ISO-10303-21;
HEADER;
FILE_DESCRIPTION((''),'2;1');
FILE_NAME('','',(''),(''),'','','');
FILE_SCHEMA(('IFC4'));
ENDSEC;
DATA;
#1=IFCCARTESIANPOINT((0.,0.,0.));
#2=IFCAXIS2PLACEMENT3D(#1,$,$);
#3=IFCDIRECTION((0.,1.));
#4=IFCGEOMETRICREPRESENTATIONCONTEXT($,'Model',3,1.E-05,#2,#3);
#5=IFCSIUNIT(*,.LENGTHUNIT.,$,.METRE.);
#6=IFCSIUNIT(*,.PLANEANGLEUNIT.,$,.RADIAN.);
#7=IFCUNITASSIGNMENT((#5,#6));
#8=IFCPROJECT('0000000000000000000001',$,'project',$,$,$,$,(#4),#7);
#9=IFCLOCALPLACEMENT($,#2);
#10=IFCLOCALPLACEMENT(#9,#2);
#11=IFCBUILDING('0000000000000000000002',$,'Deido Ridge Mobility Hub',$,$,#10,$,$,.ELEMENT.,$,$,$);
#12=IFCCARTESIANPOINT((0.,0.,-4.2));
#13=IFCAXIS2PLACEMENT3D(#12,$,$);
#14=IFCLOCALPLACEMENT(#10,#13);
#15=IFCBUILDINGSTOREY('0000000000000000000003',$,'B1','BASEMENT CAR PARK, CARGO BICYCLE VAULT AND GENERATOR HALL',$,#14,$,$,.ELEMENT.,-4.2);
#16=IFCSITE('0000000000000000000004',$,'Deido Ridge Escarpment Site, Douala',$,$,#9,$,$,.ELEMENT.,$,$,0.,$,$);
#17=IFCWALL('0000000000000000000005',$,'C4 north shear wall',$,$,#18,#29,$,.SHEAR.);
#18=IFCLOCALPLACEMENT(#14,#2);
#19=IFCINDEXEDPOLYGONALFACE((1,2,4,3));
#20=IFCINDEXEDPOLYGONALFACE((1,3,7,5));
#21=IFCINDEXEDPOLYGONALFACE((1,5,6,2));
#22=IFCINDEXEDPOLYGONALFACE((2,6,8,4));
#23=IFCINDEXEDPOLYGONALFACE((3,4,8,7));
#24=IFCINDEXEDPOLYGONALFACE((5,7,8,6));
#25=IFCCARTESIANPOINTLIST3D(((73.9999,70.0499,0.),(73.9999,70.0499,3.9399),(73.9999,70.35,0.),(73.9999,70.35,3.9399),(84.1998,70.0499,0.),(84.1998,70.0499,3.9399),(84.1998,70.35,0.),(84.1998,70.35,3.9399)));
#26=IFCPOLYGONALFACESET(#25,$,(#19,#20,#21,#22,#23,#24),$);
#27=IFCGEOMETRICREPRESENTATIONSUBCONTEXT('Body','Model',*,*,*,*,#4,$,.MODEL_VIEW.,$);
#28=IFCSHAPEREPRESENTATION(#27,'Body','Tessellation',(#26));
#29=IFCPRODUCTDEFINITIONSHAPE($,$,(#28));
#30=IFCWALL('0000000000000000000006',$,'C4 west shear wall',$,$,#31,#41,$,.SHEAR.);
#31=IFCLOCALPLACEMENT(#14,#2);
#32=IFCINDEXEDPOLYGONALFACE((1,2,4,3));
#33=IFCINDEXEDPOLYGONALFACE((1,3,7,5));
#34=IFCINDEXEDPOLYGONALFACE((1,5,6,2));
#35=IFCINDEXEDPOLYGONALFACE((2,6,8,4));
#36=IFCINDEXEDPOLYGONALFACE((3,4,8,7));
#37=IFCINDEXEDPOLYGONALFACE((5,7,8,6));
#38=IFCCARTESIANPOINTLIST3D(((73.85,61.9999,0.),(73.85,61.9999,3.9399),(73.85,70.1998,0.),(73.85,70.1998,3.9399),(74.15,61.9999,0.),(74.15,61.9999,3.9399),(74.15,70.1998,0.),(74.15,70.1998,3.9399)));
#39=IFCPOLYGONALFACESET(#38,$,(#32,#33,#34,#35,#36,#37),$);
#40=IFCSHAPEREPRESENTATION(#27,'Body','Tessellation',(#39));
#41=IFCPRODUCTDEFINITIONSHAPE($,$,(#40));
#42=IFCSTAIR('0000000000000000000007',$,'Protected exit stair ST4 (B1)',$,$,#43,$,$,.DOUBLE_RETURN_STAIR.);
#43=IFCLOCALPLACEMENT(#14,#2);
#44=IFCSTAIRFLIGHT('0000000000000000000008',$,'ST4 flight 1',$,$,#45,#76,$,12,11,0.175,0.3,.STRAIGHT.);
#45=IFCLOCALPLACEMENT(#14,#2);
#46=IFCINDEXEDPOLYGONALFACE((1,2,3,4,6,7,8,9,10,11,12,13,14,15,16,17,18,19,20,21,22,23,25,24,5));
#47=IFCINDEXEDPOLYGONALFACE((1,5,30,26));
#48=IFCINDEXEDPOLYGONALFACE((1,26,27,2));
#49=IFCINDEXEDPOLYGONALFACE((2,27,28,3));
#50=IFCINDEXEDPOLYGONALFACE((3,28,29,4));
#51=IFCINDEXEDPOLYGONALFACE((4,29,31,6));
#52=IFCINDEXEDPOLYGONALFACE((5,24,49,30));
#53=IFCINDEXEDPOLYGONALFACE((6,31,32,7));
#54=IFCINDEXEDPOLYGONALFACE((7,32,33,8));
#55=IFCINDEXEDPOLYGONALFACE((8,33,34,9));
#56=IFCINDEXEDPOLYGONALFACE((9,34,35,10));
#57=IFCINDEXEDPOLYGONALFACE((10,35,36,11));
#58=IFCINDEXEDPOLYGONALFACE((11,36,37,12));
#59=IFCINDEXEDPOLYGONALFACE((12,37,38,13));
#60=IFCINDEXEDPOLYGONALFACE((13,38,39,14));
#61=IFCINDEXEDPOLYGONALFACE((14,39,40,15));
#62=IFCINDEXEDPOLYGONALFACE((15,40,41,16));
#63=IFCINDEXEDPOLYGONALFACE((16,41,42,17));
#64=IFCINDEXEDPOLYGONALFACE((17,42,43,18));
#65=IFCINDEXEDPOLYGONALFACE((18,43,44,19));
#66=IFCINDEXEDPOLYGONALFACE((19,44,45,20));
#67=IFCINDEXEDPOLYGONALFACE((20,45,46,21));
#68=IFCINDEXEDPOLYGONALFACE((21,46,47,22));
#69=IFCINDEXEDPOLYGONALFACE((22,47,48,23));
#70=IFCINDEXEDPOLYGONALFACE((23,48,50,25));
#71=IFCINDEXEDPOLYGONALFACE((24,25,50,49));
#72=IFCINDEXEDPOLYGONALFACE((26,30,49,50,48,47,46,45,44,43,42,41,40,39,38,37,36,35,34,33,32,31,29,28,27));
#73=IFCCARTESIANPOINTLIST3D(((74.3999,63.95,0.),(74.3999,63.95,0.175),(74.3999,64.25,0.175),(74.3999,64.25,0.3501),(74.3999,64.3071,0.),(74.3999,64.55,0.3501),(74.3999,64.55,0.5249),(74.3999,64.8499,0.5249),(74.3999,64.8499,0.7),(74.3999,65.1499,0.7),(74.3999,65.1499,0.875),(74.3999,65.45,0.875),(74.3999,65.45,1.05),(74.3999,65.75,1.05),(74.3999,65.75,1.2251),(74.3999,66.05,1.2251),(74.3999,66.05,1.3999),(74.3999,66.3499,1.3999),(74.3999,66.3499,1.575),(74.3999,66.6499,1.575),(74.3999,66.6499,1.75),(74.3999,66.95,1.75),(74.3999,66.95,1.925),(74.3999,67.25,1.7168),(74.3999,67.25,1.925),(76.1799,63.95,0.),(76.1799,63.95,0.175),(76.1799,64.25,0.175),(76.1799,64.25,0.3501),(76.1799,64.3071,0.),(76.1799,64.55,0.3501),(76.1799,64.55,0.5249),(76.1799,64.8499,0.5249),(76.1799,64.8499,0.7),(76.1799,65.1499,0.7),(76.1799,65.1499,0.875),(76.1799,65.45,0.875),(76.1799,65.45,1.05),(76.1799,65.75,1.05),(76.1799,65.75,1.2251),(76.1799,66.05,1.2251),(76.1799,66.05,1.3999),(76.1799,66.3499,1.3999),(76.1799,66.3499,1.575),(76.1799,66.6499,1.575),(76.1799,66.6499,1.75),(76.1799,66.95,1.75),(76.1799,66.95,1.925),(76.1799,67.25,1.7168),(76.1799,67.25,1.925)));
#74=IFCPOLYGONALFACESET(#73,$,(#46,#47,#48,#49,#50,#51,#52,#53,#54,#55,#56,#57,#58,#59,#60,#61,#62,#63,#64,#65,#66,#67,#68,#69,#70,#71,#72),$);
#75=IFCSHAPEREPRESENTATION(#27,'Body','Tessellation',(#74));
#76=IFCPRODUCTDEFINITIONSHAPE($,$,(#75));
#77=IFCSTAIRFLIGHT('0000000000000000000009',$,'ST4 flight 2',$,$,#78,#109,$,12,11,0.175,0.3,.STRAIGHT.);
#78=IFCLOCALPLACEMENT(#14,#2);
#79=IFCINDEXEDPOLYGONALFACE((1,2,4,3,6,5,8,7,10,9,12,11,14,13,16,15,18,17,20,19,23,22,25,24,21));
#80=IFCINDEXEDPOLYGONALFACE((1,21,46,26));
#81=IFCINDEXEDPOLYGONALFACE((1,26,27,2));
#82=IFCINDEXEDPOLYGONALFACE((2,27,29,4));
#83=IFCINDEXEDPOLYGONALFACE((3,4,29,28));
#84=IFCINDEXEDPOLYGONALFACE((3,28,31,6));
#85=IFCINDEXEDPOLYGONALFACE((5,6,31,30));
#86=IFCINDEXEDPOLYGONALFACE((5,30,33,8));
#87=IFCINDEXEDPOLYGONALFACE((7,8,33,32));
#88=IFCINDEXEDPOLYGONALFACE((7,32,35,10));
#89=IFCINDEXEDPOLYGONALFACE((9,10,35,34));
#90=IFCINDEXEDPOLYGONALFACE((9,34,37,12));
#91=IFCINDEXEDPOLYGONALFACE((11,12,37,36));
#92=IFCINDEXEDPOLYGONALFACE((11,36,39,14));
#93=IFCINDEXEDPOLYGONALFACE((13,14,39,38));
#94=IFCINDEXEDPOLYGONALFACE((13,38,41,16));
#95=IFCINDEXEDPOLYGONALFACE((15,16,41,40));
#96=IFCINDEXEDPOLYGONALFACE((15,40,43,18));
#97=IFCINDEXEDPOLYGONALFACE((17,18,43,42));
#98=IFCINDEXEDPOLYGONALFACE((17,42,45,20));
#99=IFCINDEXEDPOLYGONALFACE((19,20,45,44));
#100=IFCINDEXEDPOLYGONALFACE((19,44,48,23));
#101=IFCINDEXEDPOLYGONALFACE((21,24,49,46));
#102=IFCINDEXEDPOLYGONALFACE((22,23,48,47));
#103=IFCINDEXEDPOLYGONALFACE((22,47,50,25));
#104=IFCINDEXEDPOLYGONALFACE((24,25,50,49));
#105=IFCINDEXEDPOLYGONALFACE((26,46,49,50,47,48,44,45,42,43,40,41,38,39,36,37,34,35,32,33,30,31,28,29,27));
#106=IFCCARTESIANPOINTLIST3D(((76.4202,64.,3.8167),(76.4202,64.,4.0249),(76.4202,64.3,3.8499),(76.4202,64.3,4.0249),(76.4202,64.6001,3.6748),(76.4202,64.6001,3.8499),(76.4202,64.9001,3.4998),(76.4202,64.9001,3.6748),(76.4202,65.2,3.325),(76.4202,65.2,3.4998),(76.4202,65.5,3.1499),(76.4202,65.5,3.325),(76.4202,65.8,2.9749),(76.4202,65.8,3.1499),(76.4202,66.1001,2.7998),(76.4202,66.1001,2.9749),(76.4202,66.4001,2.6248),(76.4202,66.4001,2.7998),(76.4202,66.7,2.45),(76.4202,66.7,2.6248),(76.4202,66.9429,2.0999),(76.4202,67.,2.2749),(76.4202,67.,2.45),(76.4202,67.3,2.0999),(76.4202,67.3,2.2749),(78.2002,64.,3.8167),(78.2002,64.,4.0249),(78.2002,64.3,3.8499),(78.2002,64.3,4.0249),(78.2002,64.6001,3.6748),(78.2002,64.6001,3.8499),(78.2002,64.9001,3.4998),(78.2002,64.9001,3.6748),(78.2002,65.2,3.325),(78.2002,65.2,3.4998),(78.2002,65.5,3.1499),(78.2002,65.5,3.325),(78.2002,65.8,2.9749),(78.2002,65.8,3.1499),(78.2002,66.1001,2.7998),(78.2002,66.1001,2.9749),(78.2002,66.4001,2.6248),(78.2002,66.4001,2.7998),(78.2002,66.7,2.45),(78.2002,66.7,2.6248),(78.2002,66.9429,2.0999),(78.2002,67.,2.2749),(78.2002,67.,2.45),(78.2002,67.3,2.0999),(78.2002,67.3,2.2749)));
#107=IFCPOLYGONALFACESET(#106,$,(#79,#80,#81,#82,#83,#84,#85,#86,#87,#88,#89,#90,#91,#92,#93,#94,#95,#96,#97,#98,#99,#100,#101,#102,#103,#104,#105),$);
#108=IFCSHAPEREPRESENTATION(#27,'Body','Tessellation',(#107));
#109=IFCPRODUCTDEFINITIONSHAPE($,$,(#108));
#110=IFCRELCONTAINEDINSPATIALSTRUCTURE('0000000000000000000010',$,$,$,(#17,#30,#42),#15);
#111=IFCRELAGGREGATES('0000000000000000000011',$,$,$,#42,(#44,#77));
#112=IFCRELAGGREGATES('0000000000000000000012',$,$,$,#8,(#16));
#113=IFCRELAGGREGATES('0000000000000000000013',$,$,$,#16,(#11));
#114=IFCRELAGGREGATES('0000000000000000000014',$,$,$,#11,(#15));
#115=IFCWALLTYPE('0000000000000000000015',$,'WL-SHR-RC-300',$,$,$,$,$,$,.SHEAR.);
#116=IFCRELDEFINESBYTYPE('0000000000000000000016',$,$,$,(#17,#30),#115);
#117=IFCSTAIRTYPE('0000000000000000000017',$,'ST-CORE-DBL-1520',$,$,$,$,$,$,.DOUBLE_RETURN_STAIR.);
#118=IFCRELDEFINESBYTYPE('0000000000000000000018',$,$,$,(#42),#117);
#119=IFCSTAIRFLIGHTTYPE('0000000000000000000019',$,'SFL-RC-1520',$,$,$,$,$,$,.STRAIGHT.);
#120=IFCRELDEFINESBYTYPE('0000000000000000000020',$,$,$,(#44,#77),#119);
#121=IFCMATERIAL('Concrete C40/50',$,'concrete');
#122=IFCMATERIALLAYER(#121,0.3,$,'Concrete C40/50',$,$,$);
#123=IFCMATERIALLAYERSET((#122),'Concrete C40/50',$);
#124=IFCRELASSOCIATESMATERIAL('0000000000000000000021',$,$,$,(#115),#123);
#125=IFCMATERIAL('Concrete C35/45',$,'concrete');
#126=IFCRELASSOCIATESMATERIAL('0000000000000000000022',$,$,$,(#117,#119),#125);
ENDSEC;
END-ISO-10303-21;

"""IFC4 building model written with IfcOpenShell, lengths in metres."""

from ifc_helpers import new_model, si_unit, direction, frame, frame_2d, origin, place, context, subcontext, project, spatial, polyline, rectangle, outline, extrude, material, layer, layer_set, type_object, element, aggregate, save


model = new_model("IFC4")

# Units and contexts
model_context = context("Model", 3, precision=1e-05, world=origin(), true_north=direction((0.0, 1.0)))
body_context = subcontext(model_context, "Body", "Model", "MODEL_VIEW")
ifc_project = project(units=[si_unit("LENGTHUNIT", "METRE"), si_unit("PLANEANGLEUNIT", "RADIAN")], contexts=[model_context])

# Site, building, storey
site_placement = place(None, origin())
site = spatial("IfcSite", under=ifc_project, at=site_placement, Name="Deido Ridge Escarpment Site, Douala", CompositionType="ELEMENT", RefElevation=0.0)
building_placement = place(site_placement, origin())
building = spatial("IfcBuilding", under=site, at=building_placement, Name="Deido Ridge Mobility Hub", CompositionType="ELEMENT")
storey_placement = place(building_placement, frame((0.0, 0.0, -4.2)))
storey = spatial("IfcBuildingStorey", under=building, at=storey_placement, Name="B1", Description="BASEMENT CAR PARK, CARGO BICYCLE VAULT AND GENERATOR HALL", CompositionType="ELEMENT", Elevation=-4.2)

# Shared definitions
ifc_material_1 = material(Name="Concrete C40/50", Category="concrete")

# Shared definitions
ifc_layer_1 = layer(ifc_material_1, 0.3, Name="Concrete C40/50")
ifc_layer_set_1 = layer_set([ifc_layer_1], Name="Concrete C40/50")
wall_type_1 = type_object("IfcWallType", Name="WL-SHR-RC-300", PredefinedType="SHEAR", material=ifc_layer_set_1)

# Walls
wall_1_placement = place(storey_placement, frame((84.2, 70.2, 0.0), z_axis=(0.0, 0.0, 1.0), x_axis=(-1.0, 0.0, 0.0)))
element("IfcWall", 1, at=wall_1_placement, inside=storey, type_object=wall_type_1, Name="C4 north shear wall", PredefinedType="SHEAR", context=body_context, shape_type="SweptSolid", body=[
    extrude(rectangle(XDim=10.2, YDim=0.3, at=frame_2d((5.1001, 0.0))), origin(), (0.0, 0.0, 1.0), 3.9399),
])
wall_2_placement = place(storey_placement, frame((74.0, 70.2, 0.0), z_axis=(0.0, 0.0, 1.0), x_axis=(0.0, -1.0, 0.0)))
element("IfcWall", 2, at=wall_2_placement, inside=storey, type_object=wall_type_1, Name="C4 west shear wall", PredefinedType="SHEAR", context=body_context, shape_type="SweptSolid", body=[
    extrude(rectangle(XDim=8.2, YDim=0.3, at=frame_2d((4.1001, 0.0))), origin(), (0.0, 0.0, 1.0), 3.9399),
])

# Stair, stair flights
ifc_material_2 = material(Name="Concrete C35/45", Category="concrete")
stair_type = type_object("IfcStairType", Name="ST-CORE-DBL-1520", PredefinedType="DOUBLE_RETURN_STAIR", material=ifc_material_2)
stair_placement = place(storey_placement, origin())
stair = element("IfcStair", 3, at=stair_placement, inside=storey, type_object=stair_type, Name="Protected exit stair ST4 (B1)", PredefinedType="DOUBLE_RETURN_STAIR")
stair_flight_type = type_object("IfcStairFlightType", Name="SFL-RC-1520", PredefinedType="STRAIGHT", material=ifc_material_2)
stair_flight_1_placement = place(storey_placement, frame((75.29, 63.95, 0.0), z_axis=(0.0, 0.0, 1.0), x_axis=(0.0, 1.0, 0.0)))
stair_flight_1 = element("IfcStairFlight", 4, at=stair_flight_1_placement, type_object=stair_flight_type, Name="ST4 flight 1", NumberOfRisers=12, NumberOfTreads=11, PredefinedType="STRAIGHT", RiserHeight=0.175, TreadLength=0.3, context=body_context, shape_type="SweptSolid", body=[
    extrude(outline(polyline([(0.0, 0.0), (0.0, 0.175), (0.3, 0.175), (0.3, 0.3501), (0.6001, 0.3501), (0.6001, 0.5249), (0.8999, 0.5249), (0.8999, 0.7), (1.2, 0.7), (1.2, 0.875), (1.5, 0.875), (1.5, 1.05), (1.8, 1.05), (1.8, 1.2251), (2.1001, 1.2251), (2.1001, 1.3999), (2.3999, 1.3999), (2.3999, 1.575), (2.7, 1.575), (2.7, 1.75), (3.0, 1.75), (3.0, 1.925), (3.3, 1.925), (3.3, 2.1001), (3.3, 1.7168), (0.3572, 0.0), (0.0, 0.0)])), frame((0.0, 0.8901, 0.0), z_axis=(0.0, -1.0, 0.0), x_axis=(1.0, 0.0, 0.0)), (0.0, 0.0, 1.0), 1.78),
])
stair_flight_2_placement = place(storey_placement, frame((77.3101, 67.3, 2.0999), z_axis=(0.0, 0.0, 1.0), x_axis=(0.0, -1.0, 0.0)))
stair_flight_2 = element("IfcStairFlight", 5, at=stair_flight_2_placement, type_object=stair_flight_type, Name="ST4 flight 2", NumberOfRisers=12, NumberOfTreads=11, PredefinedType="STRAIGHT", RiserHeight=0.175, TreadLength=0.3, context=body_context, shape_type="SweptSolid", body=[
    extrude(outline(polyline([(0.0, 0.0), (0.0, 0.175), (0.3, 0.175), (0.3, 0.3501), (0.6001, 0.3501), (0.6001, 0.5249), (0.8999, 0.5249), (0.8999, 0.7), (1.2, 0.7), (1.2, 0.875), (1.5, 0.875), (1.5, 1.05), (1.8, 1.05), (1.8, 1.2251), (2.1001, 1.2251), (2.1001, 1.3999), (2.3999, 1.3999), (2.3999, 1.575), (2.7, 1.575), (2.7, 1.75), (3.0, 1.75), (3.0, 1.925), (3.3, 1.925), (3.3, 2.1001), (3.3, 1.7168), (0.3572, 0.0), (0.0, 0.0)])), frame((0.0, 0.8901, 0.0), z_axis=(0.0, -1.0, 0.0), x_axis=(1.0, 0.0, 0.0)), (0.0, 0.0, 1.0), 1.78),
])
aggregate(stair, [stair_flight_1, stair_flight_2])

save(model, "model.ifc")
